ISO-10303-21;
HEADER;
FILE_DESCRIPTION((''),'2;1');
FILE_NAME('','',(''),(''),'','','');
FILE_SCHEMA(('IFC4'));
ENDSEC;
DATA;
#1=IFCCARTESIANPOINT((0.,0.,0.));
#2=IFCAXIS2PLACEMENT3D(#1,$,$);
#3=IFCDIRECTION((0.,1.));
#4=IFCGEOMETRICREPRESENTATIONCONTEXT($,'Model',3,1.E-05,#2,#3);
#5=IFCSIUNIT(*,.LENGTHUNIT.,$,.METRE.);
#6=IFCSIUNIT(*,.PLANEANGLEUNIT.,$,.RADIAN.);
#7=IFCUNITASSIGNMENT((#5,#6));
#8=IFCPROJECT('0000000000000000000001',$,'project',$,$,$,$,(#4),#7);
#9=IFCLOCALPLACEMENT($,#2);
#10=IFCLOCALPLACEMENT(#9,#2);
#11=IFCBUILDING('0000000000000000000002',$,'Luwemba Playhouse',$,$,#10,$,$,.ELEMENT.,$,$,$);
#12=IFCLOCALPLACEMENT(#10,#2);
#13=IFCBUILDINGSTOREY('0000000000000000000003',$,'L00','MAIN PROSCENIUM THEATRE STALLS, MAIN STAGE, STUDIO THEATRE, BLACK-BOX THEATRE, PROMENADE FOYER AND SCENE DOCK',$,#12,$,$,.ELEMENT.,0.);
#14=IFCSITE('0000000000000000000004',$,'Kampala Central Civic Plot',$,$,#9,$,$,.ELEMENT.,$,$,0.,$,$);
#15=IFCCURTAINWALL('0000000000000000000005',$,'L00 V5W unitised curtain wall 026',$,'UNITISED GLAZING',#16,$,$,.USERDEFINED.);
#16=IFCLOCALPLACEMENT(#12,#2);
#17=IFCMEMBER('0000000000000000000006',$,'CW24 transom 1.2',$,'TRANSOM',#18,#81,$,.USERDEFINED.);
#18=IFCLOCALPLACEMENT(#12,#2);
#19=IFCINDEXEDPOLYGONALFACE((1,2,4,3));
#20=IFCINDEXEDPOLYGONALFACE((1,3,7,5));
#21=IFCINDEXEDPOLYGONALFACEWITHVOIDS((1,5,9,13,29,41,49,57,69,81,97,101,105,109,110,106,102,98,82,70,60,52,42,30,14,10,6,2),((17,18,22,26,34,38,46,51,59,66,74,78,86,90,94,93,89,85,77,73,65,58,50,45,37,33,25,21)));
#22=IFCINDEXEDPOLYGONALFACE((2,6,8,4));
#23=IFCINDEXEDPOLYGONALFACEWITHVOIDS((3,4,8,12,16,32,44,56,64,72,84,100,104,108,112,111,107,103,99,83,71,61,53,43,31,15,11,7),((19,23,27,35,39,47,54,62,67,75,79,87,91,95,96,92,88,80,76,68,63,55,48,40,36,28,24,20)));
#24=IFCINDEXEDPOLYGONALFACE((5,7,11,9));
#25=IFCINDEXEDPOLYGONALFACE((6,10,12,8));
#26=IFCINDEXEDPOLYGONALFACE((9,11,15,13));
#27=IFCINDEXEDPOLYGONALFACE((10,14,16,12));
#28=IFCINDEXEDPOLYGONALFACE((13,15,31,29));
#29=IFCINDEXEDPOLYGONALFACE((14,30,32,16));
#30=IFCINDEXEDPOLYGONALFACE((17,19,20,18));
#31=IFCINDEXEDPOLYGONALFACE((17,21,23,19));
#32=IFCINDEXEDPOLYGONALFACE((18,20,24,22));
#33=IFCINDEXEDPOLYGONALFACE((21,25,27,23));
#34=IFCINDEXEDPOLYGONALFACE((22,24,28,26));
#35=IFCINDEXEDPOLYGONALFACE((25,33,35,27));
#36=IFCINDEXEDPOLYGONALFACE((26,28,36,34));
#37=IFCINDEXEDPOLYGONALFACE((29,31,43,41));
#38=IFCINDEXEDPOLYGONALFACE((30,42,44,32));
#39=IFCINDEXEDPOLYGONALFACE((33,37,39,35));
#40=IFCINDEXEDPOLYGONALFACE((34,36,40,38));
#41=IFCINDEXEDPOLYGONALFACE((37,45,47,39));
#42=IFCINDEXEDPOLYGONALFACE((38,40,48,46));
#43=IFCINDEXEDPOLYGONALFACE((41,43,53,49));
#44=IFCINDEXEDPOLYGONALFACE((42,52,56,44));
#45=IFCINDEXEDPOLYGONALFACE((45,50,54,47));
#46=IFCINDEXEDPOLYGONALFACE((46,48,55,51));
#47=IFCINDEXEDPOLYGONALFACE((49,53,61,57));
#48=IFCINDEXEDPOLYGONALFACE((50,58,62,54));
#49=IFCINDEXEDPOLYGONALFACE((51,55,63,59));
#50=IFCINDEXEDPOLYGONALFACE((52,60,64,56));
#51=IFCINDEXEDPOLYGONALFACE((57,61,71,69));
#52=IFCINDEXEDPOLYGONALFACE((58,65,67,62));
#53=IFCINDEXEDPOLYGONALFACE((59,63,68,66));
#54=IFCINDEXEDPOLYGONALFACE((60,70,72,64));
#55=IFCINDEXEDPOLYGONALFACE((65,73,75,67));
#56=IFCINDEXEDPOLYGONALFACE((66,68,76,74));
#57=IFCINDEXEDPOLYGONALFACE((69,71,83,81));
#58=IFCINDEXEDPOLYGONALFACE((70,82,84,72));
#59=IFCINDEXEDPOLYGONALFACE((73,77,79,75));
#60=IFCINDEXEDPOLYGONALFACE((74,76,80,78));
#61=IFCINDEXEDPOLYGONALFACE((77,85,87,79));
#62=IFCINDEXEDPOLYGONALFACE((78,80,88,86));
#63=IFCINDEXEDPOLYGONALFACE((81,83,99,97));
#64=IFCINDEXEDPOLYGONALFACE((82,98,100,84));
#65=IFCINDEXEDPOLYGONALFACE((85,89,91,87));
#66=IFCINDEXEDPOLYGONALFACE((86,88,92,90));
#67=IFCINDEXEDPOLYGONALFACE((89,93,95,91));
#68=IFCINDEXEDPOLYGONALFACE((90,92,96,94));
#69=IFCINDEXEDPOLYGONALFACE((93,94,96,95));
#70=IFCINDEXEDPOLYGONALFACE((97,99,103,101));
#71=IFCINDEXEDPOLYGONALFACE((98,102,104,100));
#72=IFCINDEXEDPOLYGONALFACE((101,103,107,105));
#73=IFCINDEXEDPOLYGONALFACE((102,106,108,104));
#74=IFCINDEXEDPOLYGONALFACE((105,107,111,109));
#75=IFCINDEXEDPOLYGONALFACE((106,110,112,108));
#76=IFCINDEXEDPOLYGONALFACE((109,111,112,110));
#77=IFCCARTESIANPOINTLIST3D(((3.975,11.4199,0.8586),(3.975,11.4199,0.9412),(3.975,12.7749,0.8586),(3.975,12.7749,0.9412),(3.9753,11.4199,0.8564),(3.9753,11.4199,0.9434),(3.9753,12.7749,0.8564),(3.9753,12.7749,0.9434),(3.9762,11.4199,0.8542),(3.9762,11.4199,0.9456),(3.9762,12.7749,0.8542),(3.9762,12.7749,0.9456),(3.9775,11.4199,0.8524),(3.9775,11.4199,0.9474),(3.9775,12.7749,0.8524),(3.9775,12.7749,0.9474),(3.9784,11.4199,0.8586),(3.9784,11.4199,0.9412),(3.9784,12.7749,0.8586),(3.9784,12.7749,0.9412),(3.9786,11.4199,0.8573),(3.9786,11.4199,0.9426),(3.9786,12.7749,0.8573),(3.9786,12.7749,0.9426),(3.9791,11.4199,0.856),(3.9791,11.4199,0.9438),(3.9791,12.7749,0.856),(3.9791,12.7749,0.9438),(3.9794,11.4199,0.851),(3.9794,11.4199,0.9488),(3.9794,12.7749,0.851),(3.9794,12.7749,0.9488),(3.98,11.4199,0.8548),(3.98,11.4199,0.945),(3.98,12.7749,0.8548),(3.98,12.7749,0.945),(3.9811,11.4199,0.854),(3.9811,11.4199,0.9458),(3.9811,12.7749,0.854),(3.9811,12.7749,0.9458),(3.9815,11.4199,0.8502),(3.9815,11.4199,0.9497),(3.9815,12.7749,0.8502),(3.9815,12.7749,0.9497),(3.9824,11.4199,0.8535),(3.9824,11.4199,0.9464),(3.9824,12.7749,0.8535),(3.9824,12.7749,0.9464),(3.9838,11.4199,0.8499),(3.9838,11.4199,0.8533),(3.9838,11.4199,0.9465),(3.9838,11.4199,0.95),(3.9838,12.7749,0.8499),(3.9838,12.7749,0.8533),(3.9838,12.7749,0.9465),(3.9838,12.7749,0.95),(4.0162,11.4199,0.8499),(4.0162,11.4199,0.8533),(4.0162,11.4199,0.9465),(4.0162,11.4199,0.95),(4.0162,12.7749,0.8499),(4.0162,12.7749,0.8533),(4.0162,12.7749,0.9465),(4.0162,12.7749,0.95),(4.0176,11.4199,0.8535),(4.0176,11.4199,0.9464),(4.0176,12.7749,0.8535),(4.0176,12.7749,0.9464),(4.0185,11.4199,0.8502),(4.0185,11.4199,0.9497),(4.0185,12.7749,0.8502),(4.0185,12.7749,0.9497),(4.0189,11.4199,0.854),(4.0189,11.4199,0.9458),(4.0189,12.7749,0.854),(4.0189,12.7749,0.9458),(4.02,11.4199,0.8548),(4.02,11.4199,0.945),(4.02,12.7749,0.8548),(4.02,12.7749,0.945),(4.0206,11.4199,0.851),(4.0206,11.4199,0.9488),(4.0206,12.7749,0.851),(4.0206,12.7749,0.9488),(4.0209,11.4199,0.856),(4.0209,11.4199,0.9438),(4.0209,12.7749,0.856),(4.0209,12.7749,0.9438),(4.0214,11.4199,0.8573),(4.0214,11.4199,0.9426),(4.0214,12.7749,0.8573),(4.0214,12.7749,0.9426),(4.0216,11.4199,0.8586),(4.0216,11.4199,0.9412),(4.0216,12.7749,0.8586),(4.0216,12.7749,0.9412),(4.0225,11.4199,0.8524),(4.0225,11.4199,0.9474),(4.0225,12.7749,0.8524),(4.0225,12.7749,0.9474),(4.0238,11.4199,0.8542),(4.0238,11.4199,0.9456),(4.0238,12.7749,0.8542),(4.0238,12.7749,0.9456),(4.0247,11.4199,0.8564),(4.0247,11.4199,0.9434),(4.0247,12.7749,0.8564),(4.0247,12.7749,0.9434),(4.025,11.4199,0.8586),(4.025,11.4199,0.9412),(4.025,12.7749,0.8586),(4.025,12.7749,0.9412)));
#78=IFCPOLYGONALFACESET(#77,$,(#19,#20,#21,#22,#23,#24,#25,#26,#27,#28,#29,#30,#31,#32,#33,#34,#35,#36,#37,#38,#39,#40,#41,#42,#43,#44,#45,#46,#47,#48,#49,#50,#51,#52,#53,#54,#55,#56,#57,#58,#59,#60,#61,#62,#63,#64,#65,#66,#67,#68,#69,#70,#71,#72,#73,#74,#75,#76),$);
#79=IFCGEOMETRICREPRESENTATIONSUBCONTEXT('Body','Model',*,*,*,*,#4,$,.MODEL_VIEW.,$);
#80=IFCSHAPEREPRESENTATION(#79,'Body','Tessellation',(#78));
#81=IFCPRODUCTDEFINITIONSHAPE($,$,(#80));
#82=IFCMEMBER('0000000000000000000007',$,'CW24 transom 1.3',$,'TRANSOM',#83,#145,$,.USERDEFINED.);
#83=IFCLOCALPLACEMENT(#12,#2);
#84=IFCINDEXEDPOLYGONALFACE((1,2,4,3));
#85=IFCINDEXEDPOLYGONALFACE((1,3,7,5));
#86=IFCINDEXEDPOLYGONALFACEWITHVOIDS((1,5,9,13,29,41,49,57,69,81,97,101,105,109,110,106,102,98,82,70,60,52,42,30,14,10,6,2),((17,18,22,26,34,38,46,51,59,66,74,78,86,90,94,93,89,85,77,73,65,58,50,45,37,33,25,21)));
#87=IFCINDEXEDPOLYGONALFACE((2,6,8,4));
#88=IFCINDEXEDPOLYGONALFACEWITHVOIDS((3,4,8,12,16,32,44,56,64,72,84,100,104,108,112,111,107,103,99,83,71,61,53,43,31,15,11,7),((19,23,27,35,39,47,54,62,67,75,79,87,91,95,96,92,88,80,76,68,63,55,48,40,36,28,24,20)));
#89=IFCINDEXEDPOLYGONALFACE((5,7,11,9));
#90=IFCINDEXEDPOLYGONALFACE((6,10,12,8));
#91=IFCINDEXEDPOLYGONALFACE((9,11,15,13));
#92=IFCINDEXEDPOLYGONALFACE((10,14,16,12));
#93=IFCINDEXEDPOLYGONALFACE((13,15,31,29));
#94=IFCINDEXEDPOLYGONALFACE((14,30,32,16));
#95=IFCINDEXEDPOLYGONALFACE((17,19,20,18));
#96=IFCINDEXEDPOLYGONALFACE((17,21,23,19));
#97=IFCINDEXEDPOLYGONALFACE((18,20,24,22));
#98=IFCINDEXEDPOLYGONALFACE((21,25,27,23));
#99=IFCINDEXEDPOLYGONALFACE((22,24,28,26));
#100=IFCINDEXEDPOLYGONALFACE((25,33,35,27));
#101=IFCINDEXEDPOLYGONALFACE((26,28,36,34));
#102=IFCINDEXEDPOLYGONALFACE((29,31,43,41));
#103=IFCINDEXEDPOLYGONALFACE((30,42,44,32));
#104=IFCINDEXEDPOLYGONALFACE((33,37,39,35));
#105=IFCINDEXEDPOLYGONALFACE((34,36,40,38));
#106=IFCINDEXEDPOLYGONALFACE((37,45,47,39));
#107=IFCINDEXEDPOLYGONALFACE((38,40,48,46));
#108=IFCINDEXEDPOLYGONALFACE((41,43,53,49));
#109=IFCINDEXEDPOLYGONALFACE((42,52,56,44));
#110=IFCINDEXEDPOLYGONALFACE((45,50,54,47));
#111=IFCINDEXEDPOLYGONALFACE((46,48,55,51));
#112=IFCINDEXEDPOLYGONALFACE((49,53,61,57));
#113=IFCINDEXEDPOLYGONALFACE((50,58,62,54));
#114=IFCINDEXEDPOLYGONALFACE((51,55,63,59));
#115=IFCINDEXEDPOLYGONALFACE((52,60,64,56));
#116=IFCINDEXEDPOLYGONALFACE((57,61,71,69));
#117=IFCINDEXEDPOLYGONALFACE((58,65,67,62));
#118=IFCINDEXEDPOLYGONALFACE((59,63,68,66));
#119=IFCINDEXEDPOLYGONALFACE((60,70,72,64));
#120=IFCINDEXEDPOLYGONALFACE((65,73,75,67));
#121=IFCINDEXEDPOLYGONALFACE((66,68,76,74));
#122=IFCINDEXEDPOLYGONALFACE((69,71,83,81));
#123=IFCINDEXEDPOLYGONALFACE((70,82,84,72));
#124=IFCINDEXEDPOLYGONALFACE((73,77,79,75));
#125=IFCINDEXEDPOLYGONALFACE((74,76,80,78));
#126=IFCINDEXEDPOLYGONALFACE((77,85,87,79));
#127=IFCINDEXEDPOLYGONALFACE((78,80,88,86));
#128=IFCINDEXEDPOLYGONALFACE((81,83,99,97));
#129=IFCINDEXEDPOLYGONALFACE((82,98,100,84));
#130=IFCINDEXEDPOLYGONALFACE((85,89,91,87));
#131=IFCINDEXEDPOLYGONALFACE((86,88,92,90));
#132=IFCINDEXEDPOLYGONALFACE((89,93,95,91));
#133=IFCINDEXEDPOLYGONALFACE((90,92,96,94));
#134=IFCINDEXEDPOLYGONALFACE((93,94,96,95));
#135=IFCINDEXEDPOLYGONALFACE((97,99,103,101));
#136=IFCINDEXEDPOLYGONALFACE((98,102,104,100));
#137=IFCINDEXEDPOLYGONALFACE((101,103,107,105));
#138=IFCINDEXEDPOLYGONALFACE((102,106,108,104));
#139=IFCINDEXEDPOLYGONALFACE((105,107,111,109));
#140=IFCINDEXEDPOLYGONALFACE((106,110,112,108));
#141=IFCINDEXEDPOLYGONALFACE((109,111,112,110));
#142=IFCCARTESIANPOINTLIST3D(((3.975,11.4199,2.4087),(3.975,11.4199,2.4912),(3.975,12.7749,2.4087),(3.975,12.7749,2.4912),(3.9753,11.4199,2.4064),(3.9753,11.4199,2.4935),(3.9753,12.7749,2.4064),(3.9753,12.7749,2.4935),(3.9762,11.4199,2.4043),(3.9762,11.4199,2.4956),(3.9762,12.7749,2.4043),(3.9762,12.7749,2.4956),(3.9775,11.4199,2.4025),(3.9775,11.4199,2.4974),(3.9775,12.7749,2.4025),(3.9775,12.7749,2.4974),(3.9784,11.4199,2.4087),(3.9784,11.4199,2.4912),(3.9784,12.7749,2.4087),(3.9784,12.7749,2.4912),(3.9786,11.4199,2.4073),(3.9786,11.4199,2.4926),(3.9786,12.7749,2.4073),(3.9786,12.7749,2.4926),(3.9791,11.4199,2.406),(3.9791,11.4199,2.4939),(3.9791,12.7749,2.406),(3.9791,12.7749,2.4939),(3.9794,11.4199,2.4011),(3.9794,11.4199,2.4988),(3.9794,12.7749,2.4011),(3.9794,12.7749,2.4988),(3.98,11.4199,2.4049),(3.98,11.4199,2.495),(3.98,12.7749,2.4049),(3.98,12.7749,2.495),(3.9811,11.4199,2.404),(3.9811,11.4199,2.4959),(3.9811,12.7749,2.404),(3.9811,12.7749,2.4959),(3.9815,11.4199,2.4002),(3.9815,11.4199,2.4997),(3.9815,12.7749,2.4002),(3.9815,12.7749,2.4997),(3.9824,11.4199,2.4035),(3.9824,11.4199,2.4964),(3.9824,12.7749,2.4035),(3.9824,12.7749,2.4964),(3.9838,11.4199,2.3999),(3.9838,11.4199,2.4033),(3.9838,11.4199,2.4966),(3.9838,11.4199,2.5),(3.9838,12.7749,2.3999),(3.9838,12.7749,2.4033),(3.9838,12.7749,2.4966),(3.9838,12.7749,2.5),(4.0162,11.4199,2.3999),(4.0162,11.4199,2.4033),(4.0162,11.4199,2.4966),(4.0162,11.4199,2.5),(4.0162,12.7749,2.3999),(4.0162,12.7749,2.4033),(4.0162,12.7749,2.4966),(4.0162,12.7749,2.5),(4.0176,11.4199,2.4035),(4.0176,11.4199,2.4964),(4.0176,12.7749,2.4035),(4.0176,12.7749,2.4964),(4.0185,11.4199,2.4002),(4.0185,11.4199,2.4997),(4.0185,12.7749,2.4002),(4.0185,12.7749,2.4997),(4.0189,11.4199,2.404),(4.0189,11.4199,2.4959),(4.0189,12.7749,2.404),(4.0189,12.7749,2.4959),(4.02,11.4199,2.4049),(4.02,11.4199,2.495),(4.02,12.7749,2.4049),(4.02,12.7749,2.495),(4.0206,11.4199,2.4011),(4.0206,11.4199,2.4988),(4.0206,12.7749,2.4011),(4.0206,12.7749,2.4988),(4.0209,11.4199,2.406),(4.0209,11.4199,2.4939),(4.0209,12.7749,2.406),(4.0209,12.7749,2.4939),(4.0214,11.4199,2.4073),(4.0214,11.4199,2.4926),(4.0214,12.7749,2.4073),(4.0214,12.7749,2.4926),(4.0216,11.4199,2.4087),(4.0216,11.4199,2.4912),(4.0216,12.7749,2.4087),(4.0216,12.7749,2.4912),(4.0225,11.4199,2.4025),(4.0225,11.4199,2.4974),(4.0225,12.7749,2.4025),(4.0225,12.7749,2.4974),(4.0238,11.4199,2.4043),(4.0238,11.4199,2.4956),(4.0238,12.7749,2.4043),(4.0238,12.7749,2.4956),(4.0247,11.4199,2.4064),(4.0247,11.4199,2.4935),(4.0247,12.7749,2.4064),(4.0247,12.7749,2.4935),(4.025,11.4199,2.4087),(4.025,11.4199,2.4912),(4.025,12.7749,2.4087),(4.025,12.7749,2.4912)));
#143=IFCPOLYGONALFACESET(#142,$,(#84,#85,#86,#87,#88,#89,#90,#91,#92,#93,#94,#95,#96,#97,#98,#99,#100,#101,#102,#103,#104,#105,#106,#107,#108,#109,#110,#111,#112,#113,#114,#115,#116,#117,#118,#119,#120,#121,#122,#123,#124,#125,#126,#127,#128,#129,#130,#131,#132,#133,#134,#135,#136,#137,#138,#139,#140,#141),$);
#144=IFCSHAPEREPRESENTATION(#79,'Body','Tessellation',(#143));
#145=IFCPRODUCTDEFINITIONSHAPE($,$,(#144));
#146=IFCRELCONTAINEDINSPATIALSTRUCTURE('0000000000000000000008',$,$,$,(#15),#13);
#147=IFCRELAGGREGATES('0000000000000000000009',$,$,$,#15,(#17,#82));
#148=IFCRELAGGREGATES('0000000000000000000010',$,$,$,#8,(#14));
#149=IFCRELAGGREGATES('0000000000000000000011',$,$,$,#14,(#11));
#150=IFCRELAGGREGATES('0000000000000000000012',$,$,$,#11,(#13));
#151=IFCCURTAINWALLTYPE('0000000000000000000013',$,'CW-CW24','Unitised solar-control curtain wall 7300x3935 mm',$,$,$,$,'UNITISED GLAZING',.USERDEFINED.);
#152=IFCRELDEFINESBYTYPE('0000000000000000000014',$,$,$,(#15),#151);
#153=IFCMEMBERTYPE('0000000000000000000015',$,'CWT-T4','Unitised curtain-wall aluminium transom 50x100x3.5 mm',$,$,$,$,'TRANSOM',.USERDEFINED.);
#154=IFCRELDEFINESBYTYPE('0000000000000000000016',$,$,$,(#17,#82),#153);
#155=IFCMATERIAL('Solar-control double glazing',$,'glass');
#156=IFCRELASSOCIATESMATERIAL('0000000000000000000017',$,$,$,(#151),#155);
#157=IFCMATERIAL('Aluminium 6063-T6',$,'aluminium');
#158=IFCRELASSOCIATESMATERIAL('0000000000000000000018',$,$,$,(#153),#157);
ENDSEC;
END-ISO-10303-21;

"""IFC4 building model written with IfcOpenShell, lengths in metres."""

from ifc_helpers import new_model, si_unit, direction, frame, origin, origin_2d, place, context, subcontext, project, spatial, hollow_rectangle, extrude, material, material_profile, profile_set, type_object, element, aggregate, save


model = new_model("IFC4")

# Units and contexts
model_context = context("Model", 3, precision=1e-05, world=origin(), true_north=direction((0.0, 1.0)))
body_context = subcontext(model_context, "Body", "Model", "MODEL_VIEW")
ifc_project = project(units=[si_unit("LENGTHUNIT", "METRE"), si_unit("PLANEANGLEUNIT", "RADIAN")], contexts=[model_context])

# Site, building, storey
site_placement = place(None, origin())
site = spatial("IfcSite", under=ifc_project, at=site_placement, Name="Kampala Central Civic Plot", CompositionType="ELEMENT", RefElevation=0.0)
building_placement = place(site_placement, origin())
building = spatial("IfcBuilding", under=site, at=building_placement, Name="Luwemba Playhouse", CompositionType="ELEMENT")
storey_placement = place(building_placement, origin())
storey = spatial("IfcBuildingStorey", under=building, at=storey_placement, Name="L00", Description="MAIN PROSCENIUM THEATRE STALLS, MAIN STAGE, STUDIO THEATRE, BLACK-BOX THEATRE, PROMENADE FOYER AND SCENE DOCK", CompositionType="ELEMENT", Elevation=0.0)

# Curtain wall
ifc_material_1 = material(Name="Solar-control double glazing", Category="glass")
ifc_material_2 = material(Name="Aluminium 6063-T6", Category="aluminium")
curtain_wall_type_1 = type_object("IfcCurtainWallType", Name="CW-CW24", Description="Unitised solar-control curtain wall 7300x3935 mm", ElementType="UNITISED GLAZING", PredefinedType="USERDEFINED", material=ifc_material_1)
curtain_wall_1_placement = place(storey_placement, origin())
curtain_wall_1 = element("IfcCurtainWall", 1, at=curtain_wall_1_placement, inside=storey, type_object=curtain_wall_type_1, Name="L00 V5W unitised curtain wall 026", ObjectType="UNITISED GLAZING", PredefinedType="USERDEFINED")

# Members
ifc_material_profile_1 = material_profile(ifc_material_2, hollow_rectangle(XDim=0.05, YDim=0.1001, WallThickness=0.0034, InnerFilletRadius=0.0054, OuterFilletRadius=0.0088, at=origin_2d()))
ifc_profile_set_1 = profile_set([ifc_material_profile_1], Name="Aluminium 6063-T6")
member_type_1 = type_object("IfcMemberType", Name="CWT-T4", Description="Unitised curtain-wall aluminium transom 50x100x3.5 mm", ElementType="TRANSOM", PredefinedType="USERDEFINED", material=ifc_profile_set_1)
member_1_placement = place(storey_placement, frame((4.0, 11.4199, 0.8999), z_axis=(0.0, 1.0, 0.0), x_axis=(-1.0, 0.0, 0.0)))
member_1 = element("IfcMember", 2, at=member_1_placement, type_object=member_type_1, Name="CW24 transom 1.2", ObjectType="TRANSOM", PredefinedType="USERDEFINED", context=body_context, shape_type="SweptSolid", body=[
    extrude(hollow_rectangle(XDim=0.05, YDim=0.1001, WallThickness=0.0034, InnerFilletRadius=0.0054, OuterFilletRadius=0.0088, at=origin_2d()), origin(), (0.0, 0.0, 1.0), 1.355),
])
member_2_placement = place(storey_placement, frame((4.0, 11.4199, 2.45), z_axis=(0.0, 1.0, 0.0), x_axis=(-1.0, 0.0, 0.0)))
member_2 = element("IfcMember", 3, at=member_2_placement, type_object=member_type_1, Name="CW24 transom 1.3", ObjectType="TRANSOM", PredefinedType="USERDEFINED", context=body_context, shape_type="SweptSolid", body=[
    extrude(hollow_rectangle(XDim=0.05, YDim=0.1001, WallThickness=0.0034, InnerFilletRadius=0.0054, OuterFilletRadius=0.0088, at=origin_2d()), origin(), (0.0, 0.0, 1.0), 1.355),
])

aggregate(curtain_wall_1, [member_1, member_2])

save(model, "model.ifc")
